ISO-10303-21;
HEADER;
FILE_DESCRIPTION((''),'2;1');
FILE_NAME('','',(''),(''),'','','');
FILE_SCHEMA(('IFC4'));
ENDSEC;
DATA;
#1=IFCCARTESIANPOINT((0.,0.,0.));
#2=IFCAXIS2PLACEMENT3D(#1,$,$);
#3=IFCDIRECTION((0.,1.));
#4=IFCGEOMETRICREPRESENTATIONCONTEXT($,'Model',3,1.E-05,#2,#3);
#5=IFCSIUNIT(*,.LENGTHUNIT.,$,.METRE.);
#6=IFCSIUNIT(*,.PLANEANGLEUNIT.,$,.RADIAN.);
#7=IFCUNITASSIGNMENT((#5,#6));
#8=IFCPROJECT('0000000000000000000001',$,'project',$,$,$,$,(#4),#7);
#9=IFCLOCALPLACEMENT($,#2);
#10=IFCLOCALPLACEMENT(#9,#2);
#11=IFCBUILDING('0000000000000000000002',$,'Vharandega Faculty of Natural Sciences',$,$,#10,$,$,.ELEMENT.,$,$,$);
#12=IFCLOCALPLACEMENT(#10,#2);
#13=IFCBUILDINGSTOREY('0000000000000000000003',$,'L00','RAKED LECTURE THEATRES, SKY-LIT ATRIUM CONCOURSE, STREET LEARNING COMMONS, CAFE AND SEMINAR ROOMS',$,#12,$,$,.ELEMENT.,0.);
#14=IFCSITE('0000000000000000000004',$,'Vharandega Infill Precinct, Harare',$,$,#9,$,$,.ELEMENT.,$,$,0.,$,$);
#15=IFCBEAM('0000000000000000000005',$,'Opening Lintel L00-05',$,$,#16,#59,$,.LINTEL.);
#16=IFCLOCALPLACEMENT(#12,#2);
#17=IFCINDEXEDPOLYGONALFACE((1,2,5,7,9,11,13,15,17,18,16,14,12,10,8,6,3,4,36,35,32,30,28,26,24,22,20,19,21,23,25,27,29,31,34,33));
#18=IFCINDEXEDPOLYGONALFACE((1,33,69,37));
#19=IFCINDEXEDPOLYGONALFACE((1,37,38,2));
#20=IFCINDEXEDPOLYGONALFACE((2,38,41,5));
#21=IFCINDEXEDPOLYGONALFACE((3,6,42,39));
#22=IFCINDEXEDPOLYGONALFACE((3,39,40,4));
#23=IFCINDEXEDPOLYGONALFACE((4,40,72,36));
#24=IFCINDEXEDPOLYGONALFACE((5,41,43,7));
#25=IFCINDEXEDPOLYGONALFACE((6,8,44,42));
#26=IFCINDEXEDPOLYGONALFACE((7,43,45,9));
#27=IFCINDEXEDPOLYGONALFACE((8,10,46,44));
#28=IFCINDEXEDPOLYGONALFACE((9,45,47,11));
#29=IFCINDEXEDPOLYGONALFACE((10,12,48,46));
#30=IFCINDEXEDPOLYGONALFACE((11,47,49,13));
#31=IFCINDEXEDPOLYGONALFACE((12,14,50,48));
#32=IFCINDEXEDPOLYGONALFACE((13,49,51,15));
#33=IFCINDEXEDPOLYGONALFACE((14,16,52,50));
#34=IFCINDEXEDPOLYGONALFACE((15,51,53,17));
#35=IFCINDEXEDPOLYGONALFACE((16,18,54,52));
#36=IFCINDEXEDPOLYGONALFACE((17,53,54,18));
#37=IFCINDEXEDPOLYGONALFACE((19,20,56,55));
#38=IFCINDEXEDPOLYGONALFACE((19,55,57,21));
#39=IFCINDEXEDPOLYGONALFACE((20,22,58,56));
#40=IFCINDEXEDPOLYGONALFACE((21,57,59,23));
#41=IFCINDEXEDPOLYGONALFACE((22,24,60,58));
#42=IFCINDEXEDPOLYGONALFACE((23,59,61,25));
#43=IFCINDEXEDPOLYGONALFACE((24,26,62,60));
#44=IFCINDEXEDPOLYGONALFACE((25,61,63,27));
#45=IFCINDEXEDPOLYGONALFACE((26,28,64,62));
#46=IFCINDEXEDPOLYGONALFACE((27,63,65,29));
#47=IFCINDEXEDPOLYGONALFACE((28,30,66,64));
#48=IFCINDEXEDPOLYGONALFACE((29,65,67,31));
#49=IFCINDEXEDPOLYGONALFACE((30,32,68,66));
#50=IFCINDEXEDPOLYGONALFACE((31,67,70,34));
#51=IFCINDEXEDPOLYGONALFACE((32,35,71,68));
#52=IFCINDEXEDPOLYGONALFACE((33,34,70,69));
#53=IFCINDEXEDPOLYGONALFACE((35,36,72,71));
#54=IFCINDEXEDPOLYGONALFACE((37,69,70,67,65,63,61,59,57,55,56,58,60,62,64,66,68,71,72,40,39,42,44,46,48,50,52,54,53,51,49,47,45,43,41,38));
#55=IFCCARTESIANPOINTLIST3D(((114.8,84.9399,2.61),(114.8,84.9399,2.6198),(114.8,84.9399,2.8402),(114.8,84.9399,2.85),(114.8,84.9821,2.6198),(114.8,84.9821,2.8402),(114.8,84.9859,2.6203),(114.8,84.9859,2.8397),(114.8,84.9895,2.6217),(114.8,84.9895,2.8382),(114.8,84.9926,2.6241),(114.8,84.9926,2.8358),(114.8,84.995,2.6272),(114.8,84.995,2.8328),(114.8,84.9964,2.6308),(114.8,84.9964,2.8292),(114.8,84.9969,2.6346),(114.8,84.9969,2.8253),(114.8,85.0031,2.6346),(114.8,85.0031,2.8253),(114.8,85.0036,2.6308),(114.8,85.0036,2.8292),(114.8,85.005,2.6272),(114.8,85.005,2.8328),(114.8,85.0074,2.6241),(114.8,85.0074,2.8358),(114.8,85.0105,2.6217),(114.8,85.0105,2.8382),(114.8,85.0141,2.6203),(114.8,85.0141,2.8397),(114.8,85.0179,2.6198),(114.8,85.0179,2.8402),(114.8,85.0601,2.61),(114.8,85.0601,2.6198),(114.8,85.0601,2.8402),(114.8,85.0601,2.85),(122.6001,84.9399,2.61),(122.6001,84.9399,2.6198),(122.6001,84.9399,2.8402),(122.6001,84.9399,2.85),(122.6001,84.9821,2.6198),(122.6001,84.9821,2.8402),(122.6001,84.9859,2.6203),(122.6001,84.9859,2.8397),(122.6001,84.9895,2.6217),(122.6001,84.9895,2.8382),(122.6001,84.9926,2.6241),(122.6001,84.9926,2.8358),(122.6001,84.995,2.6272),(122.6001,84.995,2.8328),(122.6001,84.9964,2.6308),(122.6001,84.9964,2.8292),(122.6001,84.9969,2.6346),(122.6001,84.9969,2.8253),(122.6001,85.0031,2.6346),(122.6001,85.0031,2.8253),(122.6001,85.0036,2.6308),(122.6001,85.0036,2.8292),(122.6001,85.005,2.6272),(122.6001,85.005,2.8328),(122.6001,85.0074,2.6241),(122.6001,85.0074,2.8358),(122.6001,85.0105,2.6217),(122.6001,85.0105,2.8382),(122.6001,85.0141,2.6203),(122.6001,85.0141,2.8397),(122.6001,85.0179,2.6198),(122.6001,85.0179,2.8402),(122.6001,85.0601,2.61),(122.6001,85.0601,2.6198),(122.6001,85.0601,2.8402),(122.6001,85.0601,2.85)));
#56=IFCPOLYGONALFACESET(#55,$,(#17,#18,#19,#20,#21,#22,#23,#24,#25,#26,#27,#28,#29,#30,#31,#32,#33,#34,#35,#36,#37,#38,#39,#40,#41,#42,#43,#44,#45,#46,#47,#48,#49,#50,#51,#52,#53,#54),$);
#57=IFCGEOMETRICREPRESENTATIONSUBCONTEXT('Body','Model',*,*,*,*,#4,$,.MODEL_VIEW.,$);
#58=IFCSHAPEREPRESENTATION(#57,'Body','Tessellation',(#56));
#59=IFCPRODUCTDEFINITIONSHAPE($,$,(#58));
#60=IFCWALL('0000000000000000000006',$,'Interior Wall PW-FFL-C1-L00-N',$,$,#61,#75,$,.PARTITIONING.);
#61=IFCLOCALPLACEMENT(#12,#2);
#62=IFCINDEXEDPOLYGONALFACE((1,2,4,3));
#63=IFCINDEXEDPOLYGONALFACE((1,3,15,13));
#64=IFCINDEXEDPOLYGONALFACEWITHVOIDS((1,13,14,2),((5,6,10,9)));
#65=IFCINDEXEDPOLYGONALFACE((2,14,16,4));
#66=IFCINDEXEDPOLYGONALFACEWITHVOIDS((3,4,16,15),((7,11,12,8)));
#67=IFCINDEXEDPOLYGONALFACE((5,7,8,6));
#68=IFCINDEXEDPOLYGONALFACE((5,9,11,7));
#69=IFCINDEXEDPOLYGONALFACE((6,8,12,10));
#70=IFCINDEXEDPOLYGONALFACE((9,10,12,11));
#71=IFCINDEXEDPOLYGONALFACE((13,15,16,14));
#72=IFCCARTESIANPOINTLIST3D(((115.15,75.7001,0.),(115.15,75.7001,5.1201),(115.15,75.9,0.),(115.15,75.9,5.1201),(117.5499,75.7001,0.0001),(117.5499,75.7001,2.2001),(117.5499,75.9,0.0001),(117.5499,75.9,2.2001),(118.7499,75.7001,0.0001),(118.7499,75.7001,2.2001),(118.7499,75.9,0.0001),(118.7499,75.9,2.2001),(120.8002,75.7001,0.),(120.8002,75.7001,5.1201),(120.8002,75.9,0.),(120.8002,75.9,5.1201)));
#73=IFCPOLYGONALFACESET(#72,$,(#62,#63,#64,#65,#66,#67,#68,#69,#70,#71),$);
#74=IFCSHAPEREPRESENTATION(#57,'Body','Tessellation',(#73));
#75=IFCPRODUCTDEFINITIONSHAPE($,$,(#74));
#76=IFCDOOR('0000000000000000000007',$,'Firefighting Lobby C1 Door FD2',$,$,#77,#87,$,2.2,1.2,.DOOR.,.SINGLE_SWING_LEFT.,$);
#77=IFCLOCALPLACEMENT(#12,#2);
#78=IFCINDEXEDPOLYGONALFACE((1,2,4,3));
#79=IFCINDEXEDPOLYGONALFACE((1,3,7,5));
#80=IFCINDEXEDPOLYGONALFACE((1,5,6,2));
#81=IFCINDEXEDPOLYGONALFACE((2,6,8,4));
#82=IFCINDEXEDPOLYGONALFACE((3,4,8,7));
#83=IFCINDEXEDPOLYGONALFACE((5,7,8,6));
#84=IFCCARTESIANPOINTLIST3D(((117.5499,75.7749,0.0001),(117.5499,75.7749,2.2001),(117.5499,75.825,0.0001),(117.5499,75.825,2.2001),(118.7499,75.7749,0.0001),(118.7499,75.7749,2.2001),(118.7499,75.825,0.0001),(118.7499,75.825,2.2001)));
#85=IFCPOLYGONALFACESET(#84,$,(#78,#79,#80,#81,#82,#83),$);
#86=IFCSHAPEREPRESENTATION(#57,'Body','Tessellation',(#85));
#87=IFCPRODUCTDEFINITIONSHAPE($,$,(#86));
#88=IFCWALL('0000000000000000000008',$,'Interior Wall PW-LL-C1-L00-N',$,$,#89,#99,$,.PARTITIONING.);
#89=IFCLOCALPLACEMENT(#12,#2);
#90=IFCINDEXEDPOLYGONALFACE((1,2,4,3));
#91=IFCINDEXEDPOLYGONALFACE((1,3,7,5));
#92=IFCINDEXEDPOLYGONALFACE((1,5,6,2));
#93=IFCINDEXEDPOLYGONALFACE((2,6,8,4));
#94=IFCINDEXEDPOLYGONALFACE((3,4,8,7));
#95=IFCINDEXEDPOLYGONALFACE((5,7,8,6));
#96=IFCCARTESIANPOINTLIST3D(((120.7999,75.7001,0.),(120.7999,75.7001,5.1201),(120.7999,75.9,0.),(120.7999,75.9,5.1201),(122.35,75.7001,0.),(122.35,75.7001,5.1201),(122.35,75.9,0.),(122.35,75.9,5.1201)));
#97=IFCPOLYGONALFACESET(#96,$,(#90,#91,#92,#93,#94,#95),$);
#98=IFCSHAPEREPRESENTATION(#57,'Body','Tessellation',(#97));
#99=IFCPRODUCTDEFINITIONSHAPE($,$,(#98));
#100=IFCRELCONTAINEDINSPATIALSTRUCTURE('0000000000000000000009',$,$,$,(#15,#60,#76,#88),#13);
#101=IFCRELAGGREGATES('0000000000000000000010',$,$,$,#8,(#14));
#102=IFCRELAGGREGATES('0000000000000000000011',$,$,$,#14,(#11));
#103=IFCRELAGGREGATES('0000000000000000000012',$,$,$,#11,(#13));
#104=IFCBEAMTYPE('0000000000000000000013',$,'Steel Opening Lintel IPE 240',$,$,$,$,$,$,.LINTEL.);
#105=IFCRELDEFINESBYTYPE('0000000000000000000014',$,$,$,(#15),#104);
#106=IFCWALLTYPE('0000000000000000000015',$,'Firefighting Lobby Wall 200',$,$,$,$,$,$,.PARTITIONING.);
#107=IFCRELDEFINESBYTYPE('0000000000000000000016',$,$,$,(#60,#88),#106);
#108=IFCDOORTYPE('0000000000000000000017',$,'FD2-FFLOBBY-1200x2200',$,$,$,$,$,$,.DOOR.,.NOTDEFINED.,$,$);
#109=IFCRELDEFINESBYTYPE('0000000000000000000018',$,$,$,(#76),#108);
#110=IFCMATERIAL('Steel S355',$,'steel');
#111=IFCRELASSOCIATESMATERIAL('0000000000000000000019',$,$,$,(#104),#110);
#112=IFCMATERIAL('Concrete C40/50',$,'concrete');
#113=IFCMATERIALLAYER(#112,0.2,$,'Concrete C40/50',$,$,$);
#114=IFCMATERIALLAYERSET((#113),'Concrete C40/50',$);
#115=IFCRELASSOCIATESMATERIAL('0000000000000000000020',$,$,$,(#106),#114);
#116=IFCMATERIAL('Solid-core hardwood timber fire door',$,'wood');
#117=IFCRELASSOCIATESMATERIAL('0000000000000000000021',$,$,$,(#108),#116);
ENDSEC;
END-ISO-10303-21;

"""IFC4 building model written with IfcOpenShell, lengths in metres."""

from ifc_helpers import new_model, si_unit, direction, frame, frame_2d, origin, origin_2d, place, context, subcontext, project, spatial, rectangle, i_section, extrude, material, layer, layer_set, material_profile, profile_set, type_object, element, fill, save


model = new_model("IFC4")

# Units and contexts
model_context = context("Model", 3, precision=1e-05, world=origin(), true_north=direction((0.0, 1.0)))
body_context = subcontext(model_context, "Body", "Model", "MODEL_VIEW")
ifc_project = project(units=[si_unit("LENGTHUNIT", "METRE"), si_unit("PLANEANGLEUNIT", "RADIAN")], contexts=[model_context])

# Site, building, storey
site_placement = place(None, origin())
site = spatial("IfcSite", under=ifc_project, at=site_placement, Name="Vharandega Infill Precinct, Harare", CompositionType="ELEMENT", RefElevation=0.0)
building_placement = place(site_placement, origin())
building = spatial("IfcBuilding", under=site, at=building_placement, Name="Vharandega Faculty of Natural Sciences", CompositionType="ELEMENT")
storey_placement = place(building_placement, origin())
storey = spatial("IfcBuildingStorey", under=building, at=storey_placement, Name="L00", Description="RAKED LECTURE THEATRES, SKY-LIT ATRIUM CONCOURSE, STREET LEARNING COMMONS, CAFE AND SEMINAR ROOMS", CompositionType="ELEMENT", Elevation=0.0)

# Beam
ifc_material_1 = material(Name="Steel S355", Category="steel")
ifc_material_profile_1 = material_profile(ifc_material_1, i_section(OverallWidth=0.1201, OverallDepth=0.24, WebThickness=0.0061, FlangeThickness=0.0098, FilletRadius=0.0149, at=origin_2d()), Name="IPE 240")
ifc_profile_set_1 = profile_set([ifc_material_profile_1], Name="Steel S355")
beam_type_1 = type_object("IfcBeamType", Name="Steel Opening Lintel IPE 240", PredefinedType="LINTEL", material=ifc_profile_set_1)
beam_1_placement = place(storey_placement, frame((114.8, 85.0, 2.73), z_axis=(1.0, 0.0, 0.0), x_axis=(0.0, 1.0, 0.0)))
element("IfcBeam", 1, at=beam_1_placement, inside=storey, type_object=beam_type_1, Name="Opening Lintel L00-05", PredefinedType="LINTEL", context=body_context, shape_type="SweptSolid", body=[
    extrude(i_section(OverallWidth=0.1201, OverallDepth=0.24, WebThickness=0.0061, FlangeThickness=0.0098, FilletRadius=0.0149, at=origin_2d()), origin(), (0.0, 0.0, 1.0), 7.8),
])

# Wall, opening, door
ifc_material_2 = material(Name="Concrete C40/50", Category="concrete")
ifc_layer_1 = layer(ifc_material_2, 0.2, Name="Concrete C40/50")
ifc_layer_set_1 = layer_set([ifc_layer_1], Name="Concrete C40/50")
wall_type_1 = type_object("IfcWallType", Name="Firefighting Lobby Wall 200", PredefinedType="PARTITIONING", material=ifc_layer_set_1)
wall_1_placement = place(storey_placement, frame((115.1499, 75.8, 0.0), z_axis=(0.0, 0.0, 1.0), x_axis=(1.0, 0.0, 0.0)))
wall_1 = element("IfcWall", 2, at=wall_1_placement, inside=storey, type_object=wall_type_1, Name="Interior Wall PW-FFL-C1-L00-N", PredefinedType="PARTITIONING", context=body_context, shape_type="SweptSolid", body=[
    extrude(rectangle(XDim=5.6501, YDim=0.2, at=frame_2d((2.8252, 0.0))), origin(), (0.0, 0.0, 1.0), 5.1201),
])
opening_1_placement = place(wall_1_placement, frame((2.3999, 0.0, 0.0)))
opening_1 = element("IfcOpeningElement", 3, at=opening_1_placement, cuts=wall_1, PredefinedType="OPENING", context=body_context, shape_type="SweptSolid", body=[
    extrude(rectangle(XDim=1.2, YDim=2.2, at=frame_2d((0.6001, 1.1001))), frame((0.0, 0.1099, 0.0), z_axis=(0.0, -1.0, 0.0), x_axis=(1.0, 0.0, 0.0)), (0.0, 0.0, 1.0), 0.22),
])
ifc_material_3 = material(Name="Solid-core hardwood timber fire door", Category="wood")
door_type_1 = type_object("IfcDoorType", Name="FD2-FFLOBBY-1200x2200", OperationType="NOTDEFINED", PredefinedType="DOOR", material=ifc_material_3)
door_1_placement = place(opening_1_placement, origin())
door_1 = element("IfcDoor", 4, at=door_1_placement, inside=storey, type_object=door_type_1, Name="Firefighting Lobby C1 Door FD2", OperationType="SINGLE_SWING_LEFT", OverallHeight=2.2, OverallWidth=1.2, PredefinedType="DOOR", context=body_context, shape_type="SweptSolid", body=[
    extrude(rectangle(XDim=1.2, YDim=2.2, at=frame_2d((0.6001, 1.1001))), frame((0.0, 0.0249, 0.0), z_axis=(0.0, -1.0, 0.0), x_axis=(1.0, 0.0, 0.0)), (0.0, 0.0, 1.0), 0.05),
])
fill(opening_1, door_1)

# Wall
wall_2_placement = place(storey_placement, frame((120.8, 75.8, 0.0), z_axis=(0.0, 0.0, 1.0), x_axis=(1.0, 0.0, 0.0)))
element("IfcWall", 5, at=wall_2_placement, inside=storey, type_object=wall_type_1, Name="Interior Wall PW-LL-C1-L00-N", PredefinedType="PARTITIONING", context=body_context, shape_type="SweptSolid", body=[
    extrude(rectangle(XDim=1.55, YDim=0.2, at=frame_2d((0.7749, 0.0))), origin(), (0.0, 0.0, 1.0), 5.1201),
])

save(model, "model.ifc")
